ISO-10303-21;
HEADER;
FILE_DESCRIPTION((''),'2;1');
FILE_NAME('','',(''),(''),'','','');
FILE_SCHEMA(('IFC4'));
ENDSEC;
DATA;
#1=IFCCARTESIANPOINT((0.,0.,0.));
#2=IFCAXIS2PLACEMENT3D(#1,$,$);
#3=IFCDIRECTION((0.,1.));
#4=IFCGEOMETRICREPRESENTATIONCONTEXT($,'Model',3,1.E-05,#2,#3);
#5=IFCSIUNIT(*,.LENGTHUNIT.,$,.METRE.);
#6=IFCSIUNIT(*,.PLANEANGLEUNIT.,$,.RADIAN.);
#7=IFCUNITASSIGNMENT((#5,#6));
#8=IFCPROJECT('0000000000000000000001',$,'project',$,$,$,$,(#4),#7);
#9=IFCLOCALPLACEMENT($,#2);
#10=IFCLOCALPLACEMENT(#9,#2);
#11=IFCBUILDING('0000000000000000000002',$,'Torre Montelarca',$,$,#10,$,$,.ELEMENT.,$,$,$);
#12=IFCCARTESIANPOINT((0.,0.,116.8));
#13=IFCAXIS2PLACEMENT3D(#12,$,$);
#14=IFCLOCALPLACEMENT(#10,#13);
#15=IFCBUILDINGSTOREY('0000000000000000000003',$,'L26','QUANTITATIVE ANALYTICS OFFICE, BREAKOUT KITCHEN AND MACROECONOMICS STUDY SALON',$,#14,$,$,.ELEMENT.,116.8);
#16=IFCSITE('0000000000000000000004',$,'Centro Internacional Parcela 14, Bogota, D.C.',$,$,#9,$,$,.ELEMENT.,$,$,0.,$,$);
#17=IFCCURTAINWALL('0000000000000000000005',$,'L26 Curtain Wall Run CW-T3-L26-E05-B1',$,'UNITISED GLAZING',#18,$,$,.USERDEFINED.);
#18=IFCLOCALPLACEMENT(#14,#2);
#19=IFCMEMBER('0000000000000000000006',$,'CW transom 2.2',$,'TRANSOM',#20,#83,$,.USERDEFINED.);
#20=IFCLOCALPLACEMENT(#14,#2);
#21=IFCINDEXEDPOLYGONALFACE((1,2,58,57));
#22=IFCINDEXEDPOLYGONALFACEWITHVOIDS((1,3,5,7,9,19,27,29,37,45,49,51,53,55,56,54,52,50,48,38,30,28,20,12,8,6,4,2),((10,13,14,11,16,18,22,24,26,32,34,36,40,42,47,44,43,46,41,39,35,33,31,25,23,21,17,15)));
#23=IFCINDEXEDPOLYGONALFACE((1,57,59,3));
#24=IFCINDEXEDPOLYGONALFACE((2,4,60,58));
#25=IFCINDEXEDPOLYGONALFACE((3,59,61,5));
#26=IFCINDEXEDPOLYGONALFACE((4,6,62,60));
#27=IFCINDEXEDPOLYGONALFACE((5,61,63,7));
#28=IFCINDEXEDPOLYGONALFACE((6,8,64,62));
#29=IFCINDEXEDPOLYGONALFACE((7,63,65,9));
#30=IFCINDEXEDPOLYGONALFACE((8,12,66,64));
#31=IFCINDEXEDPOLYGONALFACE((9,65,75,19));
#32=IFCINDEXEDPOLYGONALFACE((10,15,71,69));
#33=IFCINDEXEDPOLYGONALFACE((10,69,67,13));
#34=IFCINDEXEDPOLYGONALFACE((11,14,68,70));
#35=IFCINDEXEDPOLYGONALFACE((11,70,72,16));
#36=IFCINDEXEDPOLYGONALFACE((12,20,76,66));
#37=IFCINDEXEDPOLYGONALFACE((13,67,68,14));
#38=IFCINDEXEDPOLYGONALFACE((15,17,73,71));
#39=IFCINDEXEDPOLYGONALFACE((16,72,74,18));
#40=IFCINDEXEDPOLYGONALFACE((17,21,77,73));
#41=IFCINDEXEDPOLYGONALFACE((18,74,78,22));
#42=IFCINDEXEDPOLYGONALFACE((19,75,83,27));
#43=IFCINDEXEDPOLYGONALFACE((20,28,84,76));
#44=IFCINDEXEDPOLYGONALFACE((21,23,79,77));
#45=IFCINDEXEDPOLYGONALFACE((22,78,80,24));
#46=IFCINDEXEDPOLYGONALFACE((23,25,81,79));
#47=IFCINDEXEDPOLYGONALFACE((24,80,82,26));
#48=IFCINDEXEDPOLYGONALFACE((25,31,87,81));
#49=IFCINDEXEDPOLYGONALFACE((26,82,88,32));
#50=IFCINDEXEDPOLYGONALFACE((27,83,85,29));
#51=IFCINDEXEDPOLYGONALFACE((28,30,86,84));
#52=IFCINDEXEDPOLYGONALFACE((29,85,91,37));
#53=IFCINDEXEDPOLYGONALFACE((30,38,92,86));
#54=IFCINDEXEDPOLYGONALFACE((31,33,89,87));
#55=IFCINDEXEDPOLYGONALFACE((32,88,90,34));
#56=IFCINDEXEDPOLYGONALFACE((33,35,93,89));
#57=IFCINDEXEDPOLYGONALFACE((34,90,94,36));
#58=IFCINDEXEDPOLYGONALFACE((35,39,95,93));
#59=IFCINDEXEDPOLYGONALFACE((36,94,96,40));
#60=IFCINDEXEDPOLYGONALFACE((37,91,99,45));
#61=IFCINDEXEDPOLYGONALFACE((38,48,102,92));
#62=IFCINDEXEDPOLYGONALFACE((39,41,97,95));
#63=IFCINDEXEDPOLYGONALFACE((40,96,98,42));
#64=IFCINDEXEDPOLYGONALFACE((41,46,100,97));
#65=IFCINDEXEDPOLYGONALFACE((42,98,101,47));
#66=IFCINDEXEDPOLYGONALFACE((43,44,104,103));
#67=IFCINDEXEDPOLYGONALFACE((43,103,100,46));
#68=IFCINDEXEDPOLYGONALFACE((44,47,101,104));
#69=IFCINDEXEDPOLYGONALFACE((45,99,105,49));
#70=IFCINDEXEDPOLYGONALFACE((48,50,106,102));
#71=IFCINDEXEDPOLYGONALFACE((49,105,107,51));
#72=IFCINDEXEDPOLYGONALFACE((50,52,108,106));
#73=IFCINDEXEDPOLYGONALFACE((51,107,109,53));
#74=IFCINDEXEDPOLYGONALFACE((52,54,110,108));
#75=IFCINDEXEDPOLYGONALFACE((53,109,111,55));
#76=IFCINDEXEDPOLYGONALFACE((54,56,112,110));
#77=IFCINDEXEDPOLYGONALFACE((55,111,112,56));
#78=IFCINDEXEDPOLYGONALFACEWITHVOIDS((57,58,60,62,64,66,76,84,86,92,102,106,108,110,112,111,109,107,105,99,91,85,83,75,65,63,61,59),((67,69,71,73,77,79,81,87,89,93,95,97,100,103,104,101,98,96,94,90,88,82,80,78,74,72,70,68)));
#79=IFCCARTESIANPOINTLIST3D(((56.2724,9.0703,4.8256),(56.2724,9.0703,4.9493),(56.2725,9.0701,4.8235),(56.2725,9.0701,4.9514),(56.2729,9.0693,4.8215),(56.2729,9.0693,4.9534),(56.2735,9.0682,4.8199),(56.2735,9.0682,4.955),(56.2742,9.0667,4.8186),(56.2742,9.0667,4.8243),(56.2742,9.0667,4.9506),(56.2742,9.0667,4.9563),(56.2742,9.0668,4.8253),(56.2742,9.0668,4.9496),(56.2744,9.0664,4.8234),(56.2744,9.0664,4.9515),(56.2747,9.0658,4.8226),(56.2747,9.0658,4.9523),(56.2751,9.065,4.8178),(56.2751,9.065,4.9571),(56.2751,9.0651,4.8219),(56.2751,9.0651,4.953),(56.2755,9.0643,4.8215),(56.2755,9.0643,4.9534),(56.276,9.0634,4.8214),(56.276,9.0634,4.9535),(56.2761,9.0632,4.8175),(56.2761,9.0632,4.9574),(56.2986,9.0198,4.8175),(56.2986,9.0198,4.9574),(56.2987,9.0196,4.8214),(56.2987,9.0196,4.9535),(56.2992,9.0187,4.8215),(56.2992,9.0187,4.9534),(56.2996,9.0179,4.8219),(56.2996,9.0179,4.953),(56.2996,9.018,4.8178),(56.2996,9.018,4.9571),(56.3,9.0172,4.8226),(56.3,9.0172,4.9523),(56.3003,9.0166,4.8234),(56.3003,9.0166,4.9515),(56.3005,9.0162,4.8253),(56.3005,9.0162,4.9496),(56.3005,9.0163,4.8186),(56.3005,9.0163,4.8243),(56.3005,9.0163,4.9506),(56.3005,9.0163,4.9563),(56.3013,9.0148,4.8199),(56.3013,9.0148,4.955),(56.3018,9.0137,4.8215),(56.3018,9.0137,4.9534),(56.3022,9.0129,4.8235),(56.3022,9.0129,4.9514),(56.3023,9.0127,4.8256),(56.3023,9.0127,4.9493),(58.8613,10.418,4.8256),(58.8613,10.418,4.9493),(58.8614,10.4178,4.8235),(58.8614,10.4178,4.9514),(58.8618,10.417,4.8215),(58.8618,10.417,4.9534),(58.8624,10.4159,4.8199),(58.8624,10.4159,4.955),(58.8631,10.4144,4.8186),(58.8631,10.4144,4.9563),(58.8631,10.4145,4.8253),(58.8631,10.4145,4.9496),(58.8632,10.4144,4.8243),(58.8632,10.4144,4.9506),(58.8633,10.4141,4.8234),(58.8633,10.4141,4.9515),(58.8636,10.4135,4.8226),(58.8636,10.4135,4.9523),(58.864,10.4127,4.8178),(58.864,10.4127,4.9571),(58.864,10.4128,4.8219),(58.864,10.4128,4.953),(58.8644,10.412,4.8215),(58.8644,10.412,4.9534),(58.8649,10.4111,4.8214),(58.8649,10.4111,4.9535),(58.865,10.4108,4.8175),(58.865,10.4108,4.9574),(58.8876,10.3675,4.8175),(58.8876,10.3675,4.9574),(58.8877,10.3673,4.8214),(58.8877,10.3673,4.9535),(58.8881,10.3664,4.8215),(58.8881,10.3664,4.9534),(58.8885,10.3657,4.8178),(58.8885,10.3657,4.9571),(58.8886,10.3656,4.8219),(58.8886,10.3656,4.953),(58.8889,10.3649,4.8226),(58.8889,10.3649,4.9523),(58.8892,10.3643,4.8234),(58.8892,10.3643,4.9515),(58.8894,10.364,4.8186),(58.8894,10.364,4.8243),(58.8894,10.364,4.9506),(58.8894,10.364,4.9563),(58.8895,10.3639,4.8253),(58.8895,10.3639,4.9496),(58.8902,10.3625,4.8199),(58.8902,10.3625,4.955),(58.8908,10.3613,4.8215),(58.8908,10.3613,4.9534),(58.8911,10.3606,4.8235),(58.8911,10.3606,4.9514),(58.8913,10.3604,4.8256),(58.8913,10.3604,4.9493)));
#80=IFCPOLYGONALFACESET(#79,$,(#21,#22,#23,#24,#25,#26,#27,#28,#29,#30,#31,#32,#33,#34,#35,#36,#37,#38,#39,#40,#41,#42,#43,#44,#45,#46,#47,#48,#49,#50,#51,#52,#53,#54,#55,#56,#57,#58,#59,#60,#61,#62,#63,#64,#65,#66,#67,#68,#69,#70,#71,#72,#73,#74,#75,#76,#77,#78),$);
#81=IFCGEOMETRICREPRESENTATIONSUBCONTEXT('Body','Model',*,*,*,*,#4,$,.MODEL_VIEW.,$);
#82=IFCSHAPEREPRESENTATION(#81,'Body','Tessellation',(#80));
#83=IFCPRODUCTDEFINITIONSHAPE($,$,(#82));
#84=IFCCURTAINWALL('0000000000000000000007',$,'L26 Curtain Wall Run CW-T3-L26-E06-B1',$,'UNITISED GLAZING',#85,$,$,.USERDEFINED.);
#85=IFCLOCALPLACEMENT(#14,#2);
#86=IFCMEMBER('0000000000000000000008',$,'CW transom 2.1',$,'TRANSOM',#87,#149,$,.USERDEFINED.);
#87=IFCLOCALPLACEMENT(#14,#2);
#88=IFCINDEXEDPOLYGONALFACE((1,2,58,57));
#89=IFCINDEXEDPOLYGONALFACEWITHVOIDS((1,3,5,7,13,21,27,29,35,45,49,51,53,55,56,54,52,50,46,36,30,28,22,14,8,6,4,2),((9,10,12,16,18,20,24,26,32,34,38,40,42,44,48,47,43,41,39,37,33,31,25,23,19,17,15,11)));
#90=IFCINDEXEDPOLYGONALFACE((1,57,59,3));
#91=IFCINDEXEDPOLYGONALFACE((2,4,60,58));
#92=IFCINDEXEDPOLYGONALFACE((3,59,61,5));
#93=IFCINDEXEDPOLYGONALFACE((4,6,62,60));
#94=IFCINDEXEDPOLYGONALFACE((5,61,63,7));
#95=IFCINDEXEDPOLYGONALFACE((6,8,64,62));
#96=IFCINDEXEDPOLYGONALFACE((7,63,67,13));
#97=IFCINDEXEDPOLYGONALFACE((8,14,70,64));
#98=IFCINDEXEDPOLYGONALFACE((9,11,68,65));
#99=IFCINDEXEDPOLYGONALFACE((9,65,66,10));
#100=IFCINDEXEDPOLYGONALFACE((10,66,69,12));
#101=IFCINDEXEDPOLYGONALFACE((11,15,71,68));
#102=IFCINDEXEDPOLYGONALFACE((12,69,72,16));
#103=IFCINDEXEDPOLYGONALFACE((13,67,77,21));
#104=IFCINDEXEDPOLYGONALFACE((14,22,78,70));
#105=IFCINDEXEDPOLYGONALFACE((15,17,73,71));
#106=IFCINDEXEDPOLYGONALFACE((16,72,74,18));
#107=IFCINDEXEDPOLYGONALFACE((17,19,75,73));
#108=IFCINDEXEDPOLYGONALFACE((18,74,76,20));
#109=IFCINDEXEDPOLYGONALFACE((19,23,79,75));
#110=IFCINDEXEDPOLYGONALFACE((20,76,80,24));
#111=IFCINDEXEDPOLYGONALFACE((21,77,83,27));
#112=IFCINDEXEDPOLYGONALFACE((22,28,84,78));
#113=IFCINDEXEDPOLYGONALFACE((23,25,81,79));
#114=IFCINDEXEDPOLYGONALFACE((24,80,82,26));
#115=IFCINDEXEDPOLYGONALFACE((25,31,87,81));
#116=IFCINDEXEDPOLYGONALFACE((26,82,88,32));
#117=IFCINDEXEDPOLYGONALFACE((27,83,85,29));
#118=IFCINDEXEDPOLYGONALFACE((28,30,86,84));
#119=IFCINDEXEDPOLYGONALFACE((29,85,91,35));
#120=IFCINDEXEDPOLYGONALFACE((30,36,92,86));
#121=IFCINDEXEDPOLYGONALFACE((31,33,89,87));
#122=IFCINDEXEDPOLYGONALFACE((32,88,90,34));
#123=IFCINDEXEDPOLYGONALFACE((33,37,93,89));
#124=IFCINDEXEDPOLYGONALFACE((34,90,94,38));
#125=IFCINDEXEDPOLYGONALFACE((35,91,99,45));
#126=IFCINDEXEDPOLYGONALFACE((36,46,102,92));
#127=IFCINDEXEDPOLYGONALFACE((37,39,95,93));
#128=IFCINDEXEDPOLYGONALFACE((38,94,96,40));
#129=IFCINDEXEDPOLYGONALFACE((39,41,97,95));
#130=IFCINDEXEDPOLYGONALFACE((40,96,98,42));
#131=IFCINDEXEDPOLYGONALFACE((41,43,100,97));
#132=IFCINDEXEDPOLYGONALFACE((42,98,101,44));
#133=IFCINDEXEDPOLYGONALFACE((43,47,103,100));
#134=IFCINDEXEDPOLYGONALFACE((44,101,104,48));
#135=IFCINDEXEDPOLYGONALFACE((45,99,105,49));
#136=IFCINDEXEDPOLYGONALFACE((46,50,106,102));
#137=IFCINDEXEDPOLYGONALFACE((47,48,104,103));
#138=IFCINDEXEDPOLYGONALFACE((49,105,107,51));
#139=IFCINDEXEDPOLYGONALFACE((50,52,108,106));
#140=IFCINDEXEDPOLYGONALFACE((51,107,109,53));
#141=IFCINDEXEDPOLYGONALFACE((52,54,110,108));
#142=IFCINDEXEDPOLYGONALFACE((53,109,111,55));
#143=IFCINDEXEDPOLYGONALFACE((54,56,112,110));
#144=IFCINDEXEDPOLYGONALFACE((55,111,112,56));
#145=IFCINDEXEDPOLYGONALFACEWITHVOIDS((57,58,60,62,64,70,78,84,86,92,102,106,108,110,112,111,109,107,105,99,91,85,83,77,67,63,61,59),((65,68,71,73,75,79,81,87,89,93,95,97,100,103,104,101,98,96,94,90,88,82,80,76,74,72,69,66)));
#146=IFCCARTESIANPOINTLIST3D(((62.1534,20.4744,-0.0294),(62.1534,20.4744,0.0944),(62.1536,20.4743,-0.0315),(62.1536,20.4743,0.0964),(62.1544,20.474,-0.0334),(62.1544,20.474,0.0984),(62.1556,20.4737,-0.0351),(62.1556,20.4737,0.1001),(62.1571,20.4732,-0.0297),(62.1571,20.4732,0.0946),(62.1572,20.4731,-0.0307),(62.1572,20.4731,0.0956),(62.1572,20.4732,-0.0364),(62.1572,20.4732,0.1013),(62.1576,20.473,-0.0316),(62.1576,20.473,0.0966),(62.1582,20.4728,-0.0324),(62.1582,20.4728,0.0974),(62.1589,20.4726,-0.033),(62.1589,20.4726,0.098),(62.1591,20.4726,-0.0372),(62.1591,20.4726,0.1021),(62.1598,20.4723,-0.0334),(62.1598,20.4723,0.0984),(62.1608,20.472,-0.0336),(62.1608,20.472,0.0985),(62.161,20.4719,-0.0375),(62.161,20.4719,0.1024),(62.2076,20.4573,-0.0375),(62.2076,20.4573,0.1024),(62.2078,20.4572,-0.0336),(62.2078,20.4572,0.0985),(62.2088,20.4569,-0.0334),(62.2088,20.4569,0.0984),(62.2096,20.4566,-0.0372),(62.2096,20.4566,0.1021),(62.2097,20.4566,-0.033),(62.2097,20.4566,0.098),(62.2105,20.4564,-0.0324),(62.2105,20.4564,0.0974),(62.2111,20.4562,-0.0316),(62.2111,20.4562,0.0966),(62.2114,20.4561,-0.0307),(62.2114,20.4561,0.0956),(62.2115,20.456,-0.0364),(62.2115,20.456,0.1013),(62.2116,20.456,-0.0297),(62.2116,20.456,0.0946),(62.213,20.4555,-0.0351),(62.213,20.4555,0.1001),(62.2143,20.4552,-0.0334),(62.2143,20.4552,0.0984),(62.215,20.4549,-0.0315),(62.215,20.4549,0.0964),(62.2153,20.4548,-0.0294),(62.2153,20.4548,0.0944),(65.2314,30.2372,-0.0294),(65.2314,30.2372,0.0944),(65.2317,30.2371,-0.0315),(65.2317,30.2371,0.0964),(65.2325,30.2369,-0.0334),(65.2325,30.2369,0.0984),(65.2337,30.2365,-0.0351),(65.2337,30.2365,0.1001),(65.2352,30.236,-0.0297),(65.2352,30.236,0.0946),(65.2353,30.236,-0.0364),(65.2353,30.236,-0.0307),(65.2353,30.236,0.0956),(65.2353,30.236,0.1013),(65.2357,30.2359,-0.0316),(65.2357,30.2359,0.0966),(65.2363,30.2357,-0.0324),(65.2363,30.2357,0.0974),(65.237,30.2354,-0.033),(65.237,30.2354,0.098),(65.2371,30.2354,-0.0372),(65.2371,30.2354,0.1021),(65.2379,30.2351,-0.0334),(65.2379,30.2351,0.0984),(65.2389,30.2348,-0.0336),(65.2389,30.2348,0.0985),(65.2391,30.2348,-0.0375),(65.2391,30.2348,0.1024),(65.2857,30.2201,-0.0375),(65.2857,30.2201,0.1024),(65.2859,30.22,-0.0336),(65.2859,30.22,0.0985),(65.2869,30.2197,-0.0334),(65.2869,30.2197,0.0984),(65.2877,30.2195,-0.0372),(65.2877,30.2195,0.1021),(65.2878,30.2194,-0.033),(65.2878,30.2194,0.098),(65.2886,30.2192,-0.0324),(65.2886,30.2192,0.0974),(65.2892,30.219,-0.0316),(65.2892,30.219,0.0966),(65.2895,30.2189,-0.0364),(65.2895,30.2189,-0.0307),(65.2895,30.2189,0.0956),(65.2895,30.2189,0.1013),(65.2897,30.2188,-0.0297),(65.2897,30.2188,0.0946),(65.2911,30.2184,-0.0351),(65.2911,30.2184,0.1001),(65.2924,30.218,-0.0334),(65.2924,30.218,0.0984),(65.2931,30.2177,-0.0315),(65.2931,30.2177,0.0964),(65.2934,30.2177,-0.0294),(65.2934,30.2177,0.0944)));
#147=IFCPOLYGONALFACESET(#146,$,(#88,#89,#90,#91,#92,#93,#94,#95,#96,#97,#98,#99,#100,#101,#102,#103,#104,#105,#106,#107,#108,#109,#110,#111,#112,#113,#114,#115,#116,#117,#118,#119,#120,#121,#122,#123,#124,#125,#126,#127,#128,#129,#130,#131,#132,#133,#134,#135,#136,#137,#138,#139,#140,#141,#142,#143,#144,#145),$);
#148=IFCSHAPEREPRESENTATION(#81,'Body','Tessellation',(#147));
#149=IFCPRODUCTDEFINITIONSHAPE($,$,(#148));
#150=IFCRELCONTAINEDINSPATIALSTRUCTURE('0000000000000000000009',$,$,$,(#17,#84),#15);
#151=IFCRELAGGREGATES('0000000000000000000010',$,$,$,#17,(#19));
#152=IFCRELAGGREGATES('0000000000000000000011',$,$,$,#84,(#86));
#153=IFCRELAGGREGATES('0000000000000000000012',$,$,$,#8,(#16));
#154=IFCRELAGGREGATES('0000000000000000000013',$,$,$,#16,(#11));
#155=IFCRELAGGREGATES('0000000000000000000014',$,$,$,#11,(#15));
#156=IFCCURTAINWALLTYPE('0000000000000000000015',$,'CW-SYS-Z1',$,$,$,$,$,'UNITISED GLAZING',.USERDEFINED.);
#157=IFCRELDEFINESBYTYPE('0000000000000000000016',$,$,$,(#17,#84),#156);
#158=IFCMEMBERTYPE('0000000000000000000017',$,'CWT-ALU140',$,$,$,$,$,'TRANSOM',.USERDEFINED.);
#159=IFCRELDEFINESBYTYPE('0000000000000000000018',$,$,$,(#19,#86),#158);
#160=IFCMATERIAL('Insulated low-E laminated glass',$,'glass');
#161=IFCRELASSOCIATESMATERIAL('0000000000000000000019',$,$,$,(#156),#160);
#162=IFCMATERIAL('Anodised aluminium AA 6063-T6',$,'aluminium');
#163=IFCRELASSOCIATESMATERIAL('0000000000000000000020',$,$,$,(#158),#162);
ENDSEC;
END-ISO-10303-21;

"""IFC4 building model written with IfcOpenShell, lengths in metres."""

from ifc_helpers import new_model, si_unit, direction, frame, origin, origin_2d, place, context, subcontext, project, spatial, hollow_rectangle, extrude, source, transform, mapped, material, material_profile, profile_set, type_object, element, aggregate, save


model = new_model("IFC4")

# Units and contexts
model_context = context("Model", 3, precision=1e-05, world=origin(), true_north=direction((0.0, 1.0)))
body_context = subcontext(model_context, "Body", "Model", "MODEL_VIEW")
ifc_project = project(units=[si_unit("LENGTHUNIT", "METRE"), si_unit("PLANEANGLEUNIT", "RADIAN")], contexts=[model_context])

# Site, building, storey
site_placement = place(None, origin())
site = spatial("IfcSite", under=ifc_project, at=site_placement, Name="Centro Internacional Parcela 14, Bogota, D.C.", CompositionType="ELEMENT", RefElevation=0.0)
building_placement = place(site_placement, origin())
building = spatial("IfcBuilding", under=site, at=building_placement, Name="Torre Montelarca", CompositionType="ELEMENT")
storey_placement = place(building_placement, frame((0.0, 0.0, 116.8)))
storey = spatial("IfcBuildingStorey", under=building, at=storey_placement, Name="L26", Description="QUANTITATIVE ANALYTICS OFFICE, BREAKOUT KITCHEN AND MACROECONOMICS STUDY SALON", CompositionType="ELEMENT", Elevation=116.8)

# Curtain walls, members
ifc_material_1 = material(Name="Insulated low-E laminated glass", Category="glass")
curtain_wall_type = type_object("IfcCurtainWallType", Name="CW-SYS-Z1", ElementType="UNITISED GLAZING", PredefinedType="USERDEFINED", material=ifc_material_1)
ifc_material_2 = material(Name="Anodised aluminium AA 6063-T6", Category="aluminium")
ifc_material_profile_1 = material_profile(ifc_material_2, hollow_rectangle(XDim=0.0649, YDim=0.1399, WallThickness=0.0039, InnerFilletRadius=0.0039, OuterFilletRadius=0.0081, at=origin_2d()), Name="ALU65X140X4", Category="aluminium")
ifc_profile_set_1 = profile_set([ifc_material_profile_1], Name="Anodised aluminium AA 6063-T6")
member_type_1 = type_object("IfcMemberType", Name="CWT-ALU140", ElementType="TRANSOM", PredefinedType="USERDEFINED", material=ifc_profile_set_1)
curtain_wall_1_placement = place(storey_placement, origin())
curtain_wall_1 = element("IfcCurtainWall", 1, at=curtain_wall_1_placement, inside=storey, type_object=curtain_wall_type, Name="L26 Curtain Wall Run CW-T3-L26-E05-B1", ObjectType="UNITISED GLAZING", PredefinedType="USERDEFINED")
shared_shape_1 = source(origin(), body_context, "Body", "SweptSolid", [
    extrude(hollow_rectangle(XDim=0.0649, YDim=0.1399, WallThickness=0.0039, InnerFilletRadius=0.0039, OuterFilletRadius=0.0081, at=origin_2d()), origin(), (0.0, 0.0, 1.0), 2.9187),
])
member_1_placement = place(storey_placement, frame((56.2874, 9.0415, 4.8875), z_axis=(0.887014, 0.461742, 0.0), x_axis=(-0.461742, 0.887014, 0.0)))
member_1 = element("IfcMember", 2, at=member_1_placement, type_object=member_type_1, Name="CW transom 2.2", ObjectType="TRANSOM", PredefinedType="USERDEFINED", context=body_context, shape_type="MappedRepresentation", body=[
    mapped(shared_shape_1, transform((0.0, 0.0, 0.0), scale=1.0)),
])
curtain_wall_2_placement = place(storey_placement, origin())
curtain_wall_2 = element("IfcCurtainWall", 3, at=curtain_wall_2_placement, inside=storey, type_object=curtain_wall_type, Name="L26 Curtain Wall Run CW-T3-L26-E06-B1", ObjectType="UNITISED GLAZING", PredefinedType="USERDEFINED")
shared_shape_2 = source(origin(), body_context, "Body", "SweptSolid", [
    extrude(hollow_rectangle(XDim=0.0649, YDim=0.1399, WallThickness=0.0039, InnerFilletRadius=0.0039, OuterFilletRadius=0.0081, at=origin_2d()), origin(), (0.0, 0.0, 1.0), 10.2366),
])
member_2_placement = place(storey_placement, frame((62.1843, 20.4646, 0.0325), z_axis=(0.300695, 0.95372, 0.0), x_axis=(-0.95372, 0.300695, 0.0)))
member_2 = element("IfcMember", 4, at=member_2_placement, type_object=member_type_1, Name="CW transom 2.1", ObjectType="TRANSOM", PredefinedType="USERDEFINED", context=body_context, shape_type="MappedRepresentation", body=[
    mapped(shared_shape_2, transform((0.0, 0.0, 0.0), scale=1.0)),
])

aggregate(curtain_wall_1, [member_1])
aggregate(curtain_wall_2, [member_2])

save(model, "model.ifc")
